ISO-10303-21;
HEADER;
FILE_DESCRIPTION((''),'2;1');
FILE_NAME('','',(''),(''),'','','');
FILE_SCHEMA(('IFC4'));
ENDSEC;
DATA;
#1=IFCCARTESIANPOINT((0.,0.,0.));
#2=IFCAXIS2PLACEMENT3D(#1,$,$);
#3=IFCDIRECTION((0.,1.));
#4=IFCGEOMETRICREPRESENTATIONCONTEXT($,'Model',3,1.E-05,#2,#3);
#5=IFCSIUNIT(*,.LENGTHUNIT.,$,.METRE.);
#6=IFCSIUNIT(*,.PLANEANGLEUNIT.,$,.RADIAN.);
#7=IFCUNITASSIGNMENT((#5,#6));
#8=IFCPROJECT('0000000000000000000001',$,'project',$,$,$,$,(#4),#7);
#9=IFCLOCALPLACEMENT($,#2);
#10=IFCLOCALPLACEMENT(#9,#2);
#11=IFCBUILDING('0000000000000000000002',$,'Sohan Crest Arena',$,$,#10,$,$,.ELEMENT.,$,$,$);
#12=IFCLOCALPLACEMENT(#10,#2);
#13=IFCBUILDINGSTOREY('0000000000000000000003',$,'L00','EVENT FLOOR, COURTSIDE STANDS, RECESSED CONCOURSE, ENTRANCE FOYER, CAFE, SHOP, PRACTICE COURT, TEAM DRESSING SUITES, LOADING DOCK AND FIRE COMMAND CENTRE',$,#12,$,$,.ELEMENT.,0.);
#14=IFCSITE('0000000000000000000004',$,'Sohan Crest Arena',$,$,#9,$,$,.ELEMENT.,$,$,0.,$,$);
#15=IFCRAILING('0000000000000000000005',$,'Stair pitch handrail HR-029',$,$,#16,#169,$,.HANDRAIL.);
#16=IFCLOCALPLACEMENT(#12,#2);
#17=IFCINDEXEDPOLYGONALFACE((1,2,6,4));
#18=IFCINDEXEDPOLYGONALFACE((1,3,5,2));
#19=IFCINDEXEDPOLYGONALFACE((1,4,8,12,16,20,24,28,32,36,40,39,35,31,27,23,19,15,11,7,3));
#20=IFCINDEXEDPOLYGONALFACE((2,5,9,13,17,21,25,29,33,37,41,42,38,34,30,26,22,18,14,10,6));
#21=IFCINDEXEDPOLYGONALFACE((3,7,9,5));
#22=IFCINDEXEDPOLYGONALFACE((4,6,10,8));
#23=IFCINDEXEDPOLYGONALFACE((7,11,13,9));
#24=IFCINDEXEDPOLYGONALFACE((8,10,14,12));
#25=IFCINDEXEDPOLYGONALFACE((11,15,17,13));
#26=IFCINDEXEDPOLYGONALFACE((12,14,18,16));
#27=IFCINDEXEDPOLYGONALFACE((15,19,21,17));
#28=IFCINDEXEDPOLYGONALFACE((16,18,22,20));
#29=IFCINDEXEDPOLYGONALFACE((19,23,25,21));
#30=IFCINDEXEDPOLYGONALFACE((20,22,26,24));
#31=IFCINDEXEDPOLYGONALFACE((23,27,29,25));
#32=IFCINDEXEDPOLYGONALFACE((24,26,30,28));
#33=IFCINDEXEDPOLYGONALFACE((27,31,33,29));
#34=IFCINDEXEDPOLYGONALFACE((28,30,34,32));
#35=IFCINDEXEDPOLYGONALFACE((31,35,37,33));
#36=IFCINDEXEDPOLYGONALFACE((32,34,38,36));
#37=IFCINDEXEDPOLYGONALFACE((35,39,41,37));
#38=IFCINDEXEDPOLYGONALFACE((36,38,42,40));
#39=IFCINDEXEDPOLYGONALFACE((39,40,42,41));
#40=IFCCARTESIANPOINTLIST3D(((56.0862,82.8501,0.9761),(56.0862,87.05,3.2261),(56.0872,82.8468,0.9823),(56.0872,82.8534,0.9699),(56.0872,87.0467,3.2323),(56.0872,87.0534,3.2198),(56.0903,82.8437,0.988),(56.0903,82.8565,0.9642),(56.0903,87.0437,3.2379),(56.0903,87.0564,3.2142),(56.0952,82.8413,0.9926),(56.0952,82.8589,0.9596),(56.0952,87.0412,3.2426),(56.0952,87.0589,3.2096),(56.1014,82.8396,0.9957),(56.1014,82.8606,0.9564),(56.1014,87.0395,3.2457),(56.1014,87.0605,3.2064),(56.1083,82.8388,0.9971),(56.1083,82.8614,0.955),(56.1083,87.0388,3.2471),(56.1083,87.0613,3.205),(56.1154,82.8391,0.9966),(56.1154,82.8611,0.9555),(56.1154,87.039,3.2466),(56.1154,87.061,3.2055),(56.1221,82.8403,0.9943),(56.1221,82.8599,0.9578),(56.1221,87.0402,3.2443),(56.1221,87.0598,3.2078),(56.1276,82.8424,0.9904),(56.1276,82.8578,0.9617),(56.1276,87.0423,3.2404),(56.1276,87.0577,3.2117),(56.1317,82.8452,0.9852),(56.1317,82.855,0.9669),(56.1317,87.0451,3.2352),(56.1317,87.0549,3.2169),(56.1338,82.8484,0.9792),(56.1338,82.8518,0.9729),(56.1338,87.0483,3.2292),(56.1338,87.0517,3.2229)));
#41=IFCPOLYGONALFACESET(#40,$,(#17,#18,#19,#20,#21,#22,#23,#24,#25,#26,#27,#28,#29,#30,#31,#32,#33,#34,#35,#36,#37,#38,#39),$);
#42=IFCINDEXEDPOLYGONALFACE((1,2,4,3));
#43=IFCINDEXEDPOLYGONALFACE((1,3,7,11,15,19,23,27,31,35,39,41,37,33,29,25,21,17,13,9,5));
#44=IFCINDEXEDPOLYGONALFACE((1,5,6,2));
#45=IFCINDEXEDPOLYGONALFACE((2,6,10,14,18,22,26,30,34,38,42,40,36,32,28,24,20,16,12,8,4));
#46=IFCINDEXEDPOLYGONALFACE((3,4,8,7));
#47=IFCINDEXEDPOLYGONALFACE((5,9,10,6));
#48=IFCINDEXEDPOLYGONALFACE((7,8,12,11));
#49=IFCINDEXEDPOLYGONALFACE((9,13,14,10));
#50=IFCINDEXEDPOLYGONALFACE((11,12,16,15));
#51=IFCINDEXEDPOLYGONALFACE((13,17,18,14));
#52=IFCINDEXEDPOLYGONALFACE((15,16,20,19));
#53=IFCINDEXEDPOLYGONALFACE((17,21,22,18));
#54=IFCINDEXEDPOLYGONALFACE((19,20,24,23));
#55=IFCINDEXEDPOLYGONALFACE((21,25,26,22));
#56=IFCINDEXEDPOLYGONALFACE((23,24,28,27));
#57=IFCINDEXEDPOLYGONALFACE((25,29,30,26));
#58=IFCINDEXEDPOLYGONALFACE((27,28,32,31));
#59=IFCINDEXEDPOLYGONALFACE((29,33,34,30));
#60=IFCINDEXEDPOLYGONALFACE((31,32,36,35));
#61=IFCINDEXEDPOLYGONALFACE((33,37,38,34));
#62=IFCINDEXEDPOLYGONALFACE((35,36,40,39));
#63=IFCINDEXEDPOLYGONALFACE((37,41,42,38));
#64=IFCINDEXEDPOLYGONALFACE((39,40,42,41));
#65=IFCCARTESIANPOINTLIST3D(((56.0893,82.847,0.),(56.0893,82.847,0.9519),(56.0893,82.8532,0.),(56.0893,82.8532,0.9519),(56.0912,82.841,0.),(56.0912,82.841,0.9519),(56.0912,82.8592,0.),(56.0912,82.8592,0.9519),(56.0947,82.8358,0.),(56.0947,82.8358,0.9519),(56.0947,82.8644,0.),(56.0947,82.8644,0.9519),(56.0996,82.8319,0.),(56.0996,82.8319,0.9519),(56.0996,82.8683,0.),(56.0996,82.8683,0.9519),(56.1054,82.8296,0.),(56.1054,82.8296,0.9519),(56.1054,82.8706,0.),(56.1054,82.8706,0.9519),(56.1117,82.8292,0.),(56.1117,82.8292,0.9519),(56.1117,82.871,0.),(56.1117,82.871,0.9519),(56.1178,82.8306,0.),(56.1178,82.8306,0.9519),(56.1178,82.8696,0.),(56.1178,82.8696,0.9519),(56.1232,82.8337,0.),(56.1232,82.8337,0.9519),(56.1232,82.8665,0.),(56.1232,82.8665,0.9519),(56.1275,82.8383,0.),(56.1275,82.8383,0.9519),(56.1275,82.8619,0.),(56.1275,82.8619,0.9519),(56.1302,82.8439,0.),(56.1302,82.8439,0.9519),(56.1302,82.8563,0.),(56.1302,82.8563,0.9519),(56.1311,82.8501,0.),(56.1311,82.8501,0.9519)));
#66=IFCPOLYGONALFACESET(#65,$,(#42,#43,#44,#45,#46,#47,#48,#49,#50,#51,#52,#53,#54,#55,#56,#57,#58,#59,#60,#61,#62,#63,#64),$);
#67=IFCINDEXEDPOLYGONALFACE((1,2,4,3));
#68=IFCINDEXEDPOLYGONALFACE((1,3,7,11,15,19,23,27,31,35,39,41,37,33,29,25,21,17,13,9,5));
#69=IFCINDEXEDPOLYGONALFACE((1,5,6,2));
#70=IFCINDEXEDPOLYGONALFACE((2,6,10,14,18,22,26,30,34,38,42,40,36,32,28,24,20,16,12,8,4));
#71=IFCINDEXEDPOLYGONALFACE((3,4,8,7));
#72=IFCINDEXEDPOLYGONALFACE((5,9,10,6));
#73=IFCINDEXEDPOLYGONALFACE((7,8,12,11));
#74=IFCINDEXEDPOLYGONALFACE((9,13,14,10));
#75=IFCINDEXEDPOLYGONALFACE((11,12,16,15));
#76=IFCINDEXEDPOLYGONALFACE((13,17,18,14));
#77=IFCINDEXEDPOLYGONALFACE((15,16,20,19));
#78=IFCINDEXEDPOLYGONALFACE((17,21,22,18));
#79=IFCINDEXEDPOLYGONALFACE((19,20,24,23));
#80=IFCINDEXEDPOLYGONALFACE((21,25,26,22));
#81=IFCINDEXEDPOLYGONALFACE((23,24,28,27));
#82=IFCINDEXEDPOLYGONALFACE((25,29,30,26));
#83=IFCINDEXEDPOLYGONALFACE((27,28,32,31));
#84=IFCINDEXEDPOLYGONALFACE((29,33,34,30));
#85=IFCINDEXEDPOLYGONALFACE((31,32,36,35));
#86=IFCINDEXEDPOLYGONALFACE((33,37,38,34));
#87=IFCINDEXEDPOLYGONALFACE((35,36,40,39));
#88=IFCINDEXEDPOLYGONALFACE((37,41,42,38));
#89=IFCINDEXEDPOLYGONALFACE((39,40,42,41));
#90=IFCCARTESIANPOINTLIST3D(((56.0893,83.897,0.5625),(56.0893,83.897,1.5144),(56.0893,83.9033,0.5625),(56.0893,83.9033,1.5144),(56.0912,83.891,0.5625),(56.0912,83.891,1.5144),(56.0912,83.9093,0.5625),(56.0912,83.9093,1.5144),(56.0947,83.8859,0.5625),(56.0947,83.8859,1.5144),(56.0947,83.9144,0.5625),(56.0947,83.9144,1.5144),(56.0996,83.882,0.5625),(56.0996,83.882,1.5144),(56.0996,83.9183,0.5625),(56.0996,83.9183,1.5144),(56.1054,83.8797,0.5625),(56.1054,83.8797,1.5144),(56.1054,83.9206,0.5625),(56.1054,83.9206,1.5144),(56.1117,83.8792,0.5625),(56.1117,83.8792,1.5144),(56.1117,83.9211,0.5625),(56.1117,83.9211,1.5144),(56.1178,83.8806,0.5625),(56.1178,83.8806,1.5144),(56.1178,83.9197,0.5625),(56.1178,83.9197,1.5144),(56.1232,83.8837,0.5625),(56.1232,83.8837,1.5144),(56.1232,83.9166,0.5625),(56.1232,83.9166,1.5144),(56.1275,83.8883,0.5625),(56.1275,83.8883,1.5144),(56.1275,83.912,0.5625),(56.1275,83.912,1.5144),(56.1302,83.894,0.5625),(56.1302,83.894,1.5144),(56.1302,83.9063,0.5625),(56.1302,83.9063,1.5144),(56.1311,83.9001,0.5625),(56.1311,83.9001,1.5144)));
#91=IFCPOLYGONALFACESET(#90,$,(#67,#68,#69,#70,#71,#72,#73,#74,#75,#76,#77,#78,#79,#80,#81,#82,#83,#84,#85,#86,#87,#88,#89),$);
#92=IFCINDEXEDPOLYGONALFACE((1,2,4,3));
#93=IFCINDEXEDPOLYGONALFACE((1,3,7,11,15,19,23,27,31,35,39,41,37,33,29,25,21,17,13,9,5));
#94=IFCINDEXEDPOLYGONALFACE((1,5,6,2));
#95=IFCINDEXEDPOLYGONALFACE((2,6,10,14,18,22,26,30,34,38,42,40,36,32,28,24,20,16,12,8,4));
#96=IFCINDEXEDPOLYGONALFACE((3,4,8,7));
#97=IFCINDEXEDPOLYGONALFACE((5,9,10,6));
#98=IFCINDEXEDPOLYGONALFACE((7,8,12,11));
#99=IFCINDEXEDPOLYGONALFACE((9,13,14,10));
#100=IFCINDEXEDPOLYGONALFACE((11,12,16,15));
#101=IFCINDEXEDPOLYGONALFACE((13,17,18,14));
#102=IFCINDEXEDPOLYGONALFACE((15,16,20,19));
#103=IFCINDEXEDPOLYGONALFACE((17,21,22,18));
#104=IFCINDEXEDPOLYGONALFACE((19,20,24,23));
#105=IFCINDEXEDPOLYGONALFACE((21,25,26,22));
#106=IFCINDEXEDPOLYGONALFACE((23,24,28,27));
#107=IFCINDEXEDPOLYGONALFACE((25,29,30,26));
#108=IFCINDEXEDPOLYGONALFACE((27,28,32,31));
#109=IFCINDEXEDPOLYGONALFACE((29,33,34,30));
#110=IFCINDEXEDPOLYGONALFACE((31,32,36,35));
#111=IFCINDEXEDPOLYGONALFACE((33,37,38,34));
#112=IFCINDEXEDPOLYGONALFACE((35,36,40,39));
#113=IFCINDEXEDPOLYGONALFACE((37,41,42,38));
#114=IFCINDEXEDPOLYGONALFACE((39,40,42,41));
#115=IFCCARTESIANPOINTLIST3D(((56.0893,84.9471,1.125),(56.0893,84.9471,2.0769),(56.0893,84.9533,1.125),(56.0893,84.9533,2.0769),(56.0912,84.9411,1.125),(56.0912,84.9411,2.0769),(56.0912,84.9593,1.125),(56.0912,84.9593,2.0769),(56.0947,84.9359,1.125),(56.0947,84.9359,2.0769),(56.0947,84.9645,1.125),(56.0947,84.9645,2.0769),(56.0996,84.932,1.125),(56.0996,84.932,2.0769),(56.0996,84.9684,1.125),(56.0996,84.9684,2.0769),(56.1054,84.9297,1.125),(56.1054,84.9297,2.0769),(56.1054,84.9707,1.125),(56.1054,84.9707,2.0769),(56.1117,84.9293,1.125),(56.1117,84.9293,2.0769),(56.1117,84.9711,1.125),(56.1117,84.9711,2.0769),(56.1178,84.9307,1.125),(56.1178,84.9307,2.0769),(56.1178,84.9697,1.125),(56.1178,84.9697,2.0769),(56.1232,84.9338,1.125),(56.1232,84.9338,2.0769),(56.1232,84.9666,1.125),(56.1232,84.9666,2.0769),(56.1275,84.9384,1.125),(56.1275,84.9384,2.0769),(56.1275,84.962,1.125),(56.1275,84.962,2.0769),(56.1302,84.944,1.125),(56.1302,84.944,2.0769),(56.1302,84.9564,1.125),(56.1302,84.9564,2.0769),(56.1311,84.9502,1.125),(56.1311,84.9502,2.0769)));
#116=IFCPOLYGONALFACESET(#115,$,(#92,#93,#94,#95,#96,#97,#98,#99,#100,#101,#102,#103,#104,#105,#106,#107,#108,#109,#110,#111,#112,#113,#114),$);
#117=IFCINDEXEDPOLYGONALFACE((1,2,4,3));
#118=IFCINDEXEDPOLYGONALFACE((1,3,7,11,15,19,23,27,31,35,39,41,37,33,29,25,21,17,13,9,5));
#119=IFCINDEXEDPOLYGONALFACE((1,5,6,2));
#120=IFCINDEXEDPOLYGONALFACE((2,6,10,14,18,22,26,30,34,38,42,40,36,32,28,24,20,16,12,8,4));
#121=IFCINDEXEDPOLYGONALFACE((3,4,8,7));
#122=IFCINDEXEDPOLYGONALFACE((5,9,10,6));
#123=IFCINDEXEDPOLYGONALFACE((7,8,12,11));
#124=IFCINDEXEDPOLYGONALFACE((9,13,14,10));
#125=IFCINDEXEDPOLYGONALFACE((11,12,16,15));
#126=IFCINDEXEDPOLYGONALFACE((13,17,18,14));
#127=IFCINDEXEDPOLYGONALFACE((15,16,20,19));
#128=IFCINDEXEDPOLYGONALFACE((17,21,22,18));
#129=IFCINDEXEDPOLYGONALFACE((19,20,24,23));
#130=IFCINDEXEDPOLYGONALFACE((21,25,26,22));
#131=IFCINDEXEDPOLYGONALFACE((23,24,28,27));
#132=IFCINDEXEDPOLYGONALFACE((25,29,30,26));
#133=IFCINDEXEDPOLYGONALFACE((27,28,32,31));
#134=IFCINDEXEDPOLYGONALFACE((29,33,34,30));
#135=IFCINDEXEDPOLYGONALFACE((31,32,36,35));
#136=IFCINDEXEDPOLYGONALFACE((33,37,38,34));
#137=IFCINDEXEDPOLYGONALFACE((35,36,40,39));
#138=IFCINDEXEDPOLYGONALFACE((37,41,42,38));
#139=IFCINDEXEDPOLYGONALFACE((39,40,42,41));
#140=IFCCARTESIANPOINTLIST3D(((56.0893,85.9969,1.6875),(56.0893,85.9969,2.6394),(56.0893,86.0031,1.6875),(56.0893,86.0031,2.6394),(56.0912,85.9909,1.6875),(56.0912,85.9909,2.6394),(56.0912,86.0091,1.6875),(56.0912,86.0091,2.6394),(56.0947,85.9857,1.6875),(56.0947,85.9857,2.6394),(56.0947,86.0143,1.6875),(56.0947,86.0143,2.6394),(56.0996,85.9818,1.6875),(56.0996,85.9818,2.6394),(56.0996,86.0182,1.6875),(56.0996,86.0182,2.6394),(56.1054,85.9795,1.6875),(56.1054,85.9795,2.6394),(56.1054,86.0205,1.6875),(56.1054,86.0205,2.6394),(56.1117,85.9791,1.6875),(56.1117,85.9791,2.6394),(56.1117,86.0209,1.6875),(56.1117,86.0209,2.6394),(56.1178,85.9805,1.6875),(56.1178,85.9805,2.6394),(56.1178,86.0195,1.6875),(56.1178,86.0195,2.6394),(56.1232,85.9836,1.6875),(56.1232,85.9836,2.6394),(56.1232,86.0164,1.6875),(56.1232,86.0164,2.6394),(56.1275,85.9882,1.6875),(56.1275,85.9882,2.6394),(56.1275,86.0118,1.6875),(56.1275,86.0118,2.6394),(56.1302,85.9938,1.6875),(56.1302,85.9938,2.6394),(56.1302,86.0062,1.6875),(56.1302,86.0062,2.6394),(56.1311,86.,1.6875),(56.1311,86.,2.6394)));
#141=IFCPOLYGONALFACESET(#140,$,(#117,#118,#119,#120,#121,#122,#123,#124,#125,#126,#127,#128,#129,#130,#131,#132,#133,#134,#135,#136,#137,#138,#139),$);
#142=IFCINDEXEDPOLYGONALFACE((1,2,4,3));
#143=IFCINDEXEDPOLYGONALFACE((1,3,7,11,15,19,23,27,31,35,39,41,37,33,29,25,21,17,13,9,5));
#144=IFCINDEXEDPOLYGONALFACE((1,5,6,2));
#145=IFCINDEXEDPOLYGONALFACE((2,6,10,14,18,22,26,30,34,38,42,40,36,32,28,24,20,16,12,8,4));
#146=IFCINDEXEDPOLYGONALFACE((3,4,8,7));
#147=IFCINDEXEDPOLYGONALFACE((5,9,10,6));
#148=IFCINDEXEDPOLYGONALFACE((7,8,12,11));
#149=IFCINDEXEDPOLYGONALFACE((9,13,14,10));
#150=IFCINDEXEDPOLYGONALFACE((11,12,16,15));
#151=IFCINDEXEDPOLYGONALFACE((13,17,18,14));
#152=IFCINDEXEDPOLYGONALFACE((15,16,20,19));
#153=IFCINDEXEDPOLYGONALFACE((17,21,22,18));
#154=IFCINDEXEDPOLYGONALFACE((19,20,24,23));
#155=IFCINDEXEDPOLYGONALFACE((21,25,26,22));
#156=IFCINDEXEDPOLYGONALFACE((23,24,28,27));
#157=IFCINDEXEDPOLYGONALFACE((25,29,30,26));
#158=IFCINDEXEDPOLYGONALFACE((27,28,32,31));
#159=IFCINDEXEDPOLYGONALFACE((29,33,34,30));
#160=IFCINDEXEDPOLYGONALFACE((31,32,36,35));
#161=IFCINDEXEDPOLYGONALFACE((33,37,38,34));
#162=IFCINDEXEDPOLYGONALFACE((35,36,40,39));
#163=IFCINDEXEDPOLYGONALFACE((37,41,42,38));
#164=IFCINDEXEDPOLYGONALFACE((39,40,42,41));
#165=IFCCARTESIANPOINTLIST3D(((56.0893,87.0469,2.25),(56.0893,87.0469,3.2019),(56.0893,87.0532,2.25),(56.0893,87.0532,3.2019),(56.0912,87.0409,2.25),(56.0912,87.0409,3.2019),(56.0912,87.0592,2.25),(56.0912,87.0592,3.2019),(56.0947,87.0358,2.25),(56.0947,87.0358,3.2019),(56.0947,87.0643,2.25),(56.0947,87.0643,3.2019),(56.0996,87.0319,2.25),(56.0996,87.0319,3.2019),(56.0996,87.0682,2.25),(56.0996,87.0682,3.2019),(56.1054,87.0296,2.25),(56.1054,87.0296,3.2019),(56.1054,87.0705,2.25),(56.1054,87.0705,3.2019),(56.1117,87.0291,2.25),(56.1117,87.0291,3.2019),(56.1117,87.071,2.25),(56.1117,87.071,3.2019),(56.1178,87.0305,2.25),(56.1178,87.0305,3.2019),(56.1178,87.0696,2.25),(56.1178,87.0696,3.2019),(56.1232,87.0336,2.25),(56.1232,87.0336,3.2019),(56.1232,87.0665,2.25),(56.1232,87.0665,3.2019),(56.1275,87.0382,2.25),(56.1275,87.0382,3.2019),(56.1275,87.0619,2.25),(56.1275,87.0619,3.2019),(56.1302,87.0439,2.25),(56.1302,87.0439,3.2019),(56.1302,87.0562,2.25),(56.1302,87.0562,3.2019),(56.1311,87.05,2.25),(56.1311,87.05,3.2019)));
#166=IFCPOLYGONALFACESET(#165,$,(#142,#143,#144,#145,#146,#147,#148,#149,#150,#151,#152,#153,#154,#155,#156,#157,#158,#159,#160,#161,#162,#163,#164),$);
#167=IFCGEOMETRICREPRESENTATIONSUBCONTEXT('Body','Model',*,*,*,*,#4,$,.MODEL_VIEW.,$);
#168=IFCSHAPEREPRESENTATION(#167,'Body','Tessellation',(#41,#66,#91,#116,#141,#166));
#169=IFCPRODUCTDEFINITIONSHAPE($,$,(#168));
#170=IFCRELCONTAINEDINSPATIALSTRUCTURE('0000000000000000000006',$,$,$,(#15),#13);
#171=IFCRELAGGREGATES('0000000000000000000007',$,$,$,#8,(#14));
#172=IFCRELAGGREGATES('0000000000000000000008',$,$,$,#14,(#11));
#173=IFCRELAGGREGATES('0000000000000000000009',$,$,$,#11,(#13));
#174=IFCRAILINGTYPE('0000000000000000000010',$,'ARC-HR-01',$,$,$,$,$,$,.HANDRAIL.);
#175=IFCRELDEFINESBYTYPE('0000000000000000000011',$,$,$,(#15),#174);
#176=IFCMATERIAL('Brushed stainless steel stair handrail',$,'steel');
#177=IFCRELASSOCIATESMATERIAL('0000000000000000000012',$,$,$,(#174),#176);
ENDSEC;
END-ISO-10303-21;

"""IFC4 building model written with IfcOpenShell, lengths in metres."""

from ifc_helpers import new_model, si_unit, direction, frame, origin, origin_2d, place, context, subcontext, project, spatial, circle, extrude, material, type_object, element, save


model = new_model("IFC4")

# Units and contexts
model_context = context("Model", 3, precision=1e-05, world=origin(), true_north=direction((0.0, 1.0)))
body_context = subcontext(model_context, "Body", "Model", "MODEL_VIEW")
ifc_project = project(units=[si_unit("LENGTHUNIT", "METRE"), si_unit("PLANEANGLEUNIT", "RADIAN")], contexts=[model_context])

# Site, building, storey
site_placement = place(None, origin())
site = spatial("IfcSite", under=ifc_project, at=site_placement, Name="Sohan Crest Arena", CompositionType="ELEMENT", RefElevation=0.0)
building_placement = place(site_placement, origin())
building = spatial("IfcBuilding", under=site, at=building_placement, Name="Sohan Crest Arena", CompositionType="ELEMENT")
storey_placement = place(building_placement, origin())
storey = spatial("IfcBuildingStorey", under=building, at=storey_placement, Name="L00", Description="EVENT FLOOR, COURTSIDE STANDS, RECESSED CONCOURSE, ENTRANCE FOYER, CAFE, SHOP, PRACTICE COURT, TEAM DRESSING SUITES, LOADING DOCK AND FIRE COMMAND CENTRE", CompositionType="ELEMENT", Elevation=0.0)

# Railing
ifc_material_1 = material(Name="Brushed stainless steel stair handrail", Category="steel")
railing_type_1 = type_object("IfcRailingType", Name="ARC-HR-01", PredefinedType="HANDRAIL", material=ifc_material_1)
for number, where, name in (
    (1, (56.1101, 82.8501, 0.0), "Stair pitch handrail HR-029"),
):
    element("IfcRailing", number, at=place(storey_placement, frame(where)), inside=storey, type_object=railing_type_1, Name=name, PredefinedType="HANDRAIL", context=body_context, shape_type="SweptSolid", body=[
        extrude(circle(Radius=0.0239, at=origin_2d()), frame((0.0, 0.0, 0.9761), z_axis=(0.0, 0.881478, 0.472226), x_axis=(-1.0, 0.0, 0.0)), (0.0, 0.0, 1.0), 4.7646),
        extrude(circle(Radius=0.021, at=origin_2d()), origin(), (0.0, 0.0, 1.0), 0.9519),
        extrude(circle(Radius=0.021, at=origin_2d()), frame((0.0, 1.05, 0.5625)), (0.0, 0.0, 1.0), 0.9519),
        extrude(circle(Radius=0.021, at=origin_2d()), frame((0.0, 2.1001, 1.125)), (0.0, 0.0, 1.0), 0.9519),
        extrude(circle(Radius=0.021, at=origin_2d()), frame((0.0, 3.1499, 1.6875)), (0.0, 0.0, 1.0), 0.9519),
        extrude(circle(Radius=0.021, at=origin_2d()), frame((0.0, 4.2, 2.25)), (0.0, 0.0, 1.0), 0.9519),
    ])

save(model, "model.ifc")
